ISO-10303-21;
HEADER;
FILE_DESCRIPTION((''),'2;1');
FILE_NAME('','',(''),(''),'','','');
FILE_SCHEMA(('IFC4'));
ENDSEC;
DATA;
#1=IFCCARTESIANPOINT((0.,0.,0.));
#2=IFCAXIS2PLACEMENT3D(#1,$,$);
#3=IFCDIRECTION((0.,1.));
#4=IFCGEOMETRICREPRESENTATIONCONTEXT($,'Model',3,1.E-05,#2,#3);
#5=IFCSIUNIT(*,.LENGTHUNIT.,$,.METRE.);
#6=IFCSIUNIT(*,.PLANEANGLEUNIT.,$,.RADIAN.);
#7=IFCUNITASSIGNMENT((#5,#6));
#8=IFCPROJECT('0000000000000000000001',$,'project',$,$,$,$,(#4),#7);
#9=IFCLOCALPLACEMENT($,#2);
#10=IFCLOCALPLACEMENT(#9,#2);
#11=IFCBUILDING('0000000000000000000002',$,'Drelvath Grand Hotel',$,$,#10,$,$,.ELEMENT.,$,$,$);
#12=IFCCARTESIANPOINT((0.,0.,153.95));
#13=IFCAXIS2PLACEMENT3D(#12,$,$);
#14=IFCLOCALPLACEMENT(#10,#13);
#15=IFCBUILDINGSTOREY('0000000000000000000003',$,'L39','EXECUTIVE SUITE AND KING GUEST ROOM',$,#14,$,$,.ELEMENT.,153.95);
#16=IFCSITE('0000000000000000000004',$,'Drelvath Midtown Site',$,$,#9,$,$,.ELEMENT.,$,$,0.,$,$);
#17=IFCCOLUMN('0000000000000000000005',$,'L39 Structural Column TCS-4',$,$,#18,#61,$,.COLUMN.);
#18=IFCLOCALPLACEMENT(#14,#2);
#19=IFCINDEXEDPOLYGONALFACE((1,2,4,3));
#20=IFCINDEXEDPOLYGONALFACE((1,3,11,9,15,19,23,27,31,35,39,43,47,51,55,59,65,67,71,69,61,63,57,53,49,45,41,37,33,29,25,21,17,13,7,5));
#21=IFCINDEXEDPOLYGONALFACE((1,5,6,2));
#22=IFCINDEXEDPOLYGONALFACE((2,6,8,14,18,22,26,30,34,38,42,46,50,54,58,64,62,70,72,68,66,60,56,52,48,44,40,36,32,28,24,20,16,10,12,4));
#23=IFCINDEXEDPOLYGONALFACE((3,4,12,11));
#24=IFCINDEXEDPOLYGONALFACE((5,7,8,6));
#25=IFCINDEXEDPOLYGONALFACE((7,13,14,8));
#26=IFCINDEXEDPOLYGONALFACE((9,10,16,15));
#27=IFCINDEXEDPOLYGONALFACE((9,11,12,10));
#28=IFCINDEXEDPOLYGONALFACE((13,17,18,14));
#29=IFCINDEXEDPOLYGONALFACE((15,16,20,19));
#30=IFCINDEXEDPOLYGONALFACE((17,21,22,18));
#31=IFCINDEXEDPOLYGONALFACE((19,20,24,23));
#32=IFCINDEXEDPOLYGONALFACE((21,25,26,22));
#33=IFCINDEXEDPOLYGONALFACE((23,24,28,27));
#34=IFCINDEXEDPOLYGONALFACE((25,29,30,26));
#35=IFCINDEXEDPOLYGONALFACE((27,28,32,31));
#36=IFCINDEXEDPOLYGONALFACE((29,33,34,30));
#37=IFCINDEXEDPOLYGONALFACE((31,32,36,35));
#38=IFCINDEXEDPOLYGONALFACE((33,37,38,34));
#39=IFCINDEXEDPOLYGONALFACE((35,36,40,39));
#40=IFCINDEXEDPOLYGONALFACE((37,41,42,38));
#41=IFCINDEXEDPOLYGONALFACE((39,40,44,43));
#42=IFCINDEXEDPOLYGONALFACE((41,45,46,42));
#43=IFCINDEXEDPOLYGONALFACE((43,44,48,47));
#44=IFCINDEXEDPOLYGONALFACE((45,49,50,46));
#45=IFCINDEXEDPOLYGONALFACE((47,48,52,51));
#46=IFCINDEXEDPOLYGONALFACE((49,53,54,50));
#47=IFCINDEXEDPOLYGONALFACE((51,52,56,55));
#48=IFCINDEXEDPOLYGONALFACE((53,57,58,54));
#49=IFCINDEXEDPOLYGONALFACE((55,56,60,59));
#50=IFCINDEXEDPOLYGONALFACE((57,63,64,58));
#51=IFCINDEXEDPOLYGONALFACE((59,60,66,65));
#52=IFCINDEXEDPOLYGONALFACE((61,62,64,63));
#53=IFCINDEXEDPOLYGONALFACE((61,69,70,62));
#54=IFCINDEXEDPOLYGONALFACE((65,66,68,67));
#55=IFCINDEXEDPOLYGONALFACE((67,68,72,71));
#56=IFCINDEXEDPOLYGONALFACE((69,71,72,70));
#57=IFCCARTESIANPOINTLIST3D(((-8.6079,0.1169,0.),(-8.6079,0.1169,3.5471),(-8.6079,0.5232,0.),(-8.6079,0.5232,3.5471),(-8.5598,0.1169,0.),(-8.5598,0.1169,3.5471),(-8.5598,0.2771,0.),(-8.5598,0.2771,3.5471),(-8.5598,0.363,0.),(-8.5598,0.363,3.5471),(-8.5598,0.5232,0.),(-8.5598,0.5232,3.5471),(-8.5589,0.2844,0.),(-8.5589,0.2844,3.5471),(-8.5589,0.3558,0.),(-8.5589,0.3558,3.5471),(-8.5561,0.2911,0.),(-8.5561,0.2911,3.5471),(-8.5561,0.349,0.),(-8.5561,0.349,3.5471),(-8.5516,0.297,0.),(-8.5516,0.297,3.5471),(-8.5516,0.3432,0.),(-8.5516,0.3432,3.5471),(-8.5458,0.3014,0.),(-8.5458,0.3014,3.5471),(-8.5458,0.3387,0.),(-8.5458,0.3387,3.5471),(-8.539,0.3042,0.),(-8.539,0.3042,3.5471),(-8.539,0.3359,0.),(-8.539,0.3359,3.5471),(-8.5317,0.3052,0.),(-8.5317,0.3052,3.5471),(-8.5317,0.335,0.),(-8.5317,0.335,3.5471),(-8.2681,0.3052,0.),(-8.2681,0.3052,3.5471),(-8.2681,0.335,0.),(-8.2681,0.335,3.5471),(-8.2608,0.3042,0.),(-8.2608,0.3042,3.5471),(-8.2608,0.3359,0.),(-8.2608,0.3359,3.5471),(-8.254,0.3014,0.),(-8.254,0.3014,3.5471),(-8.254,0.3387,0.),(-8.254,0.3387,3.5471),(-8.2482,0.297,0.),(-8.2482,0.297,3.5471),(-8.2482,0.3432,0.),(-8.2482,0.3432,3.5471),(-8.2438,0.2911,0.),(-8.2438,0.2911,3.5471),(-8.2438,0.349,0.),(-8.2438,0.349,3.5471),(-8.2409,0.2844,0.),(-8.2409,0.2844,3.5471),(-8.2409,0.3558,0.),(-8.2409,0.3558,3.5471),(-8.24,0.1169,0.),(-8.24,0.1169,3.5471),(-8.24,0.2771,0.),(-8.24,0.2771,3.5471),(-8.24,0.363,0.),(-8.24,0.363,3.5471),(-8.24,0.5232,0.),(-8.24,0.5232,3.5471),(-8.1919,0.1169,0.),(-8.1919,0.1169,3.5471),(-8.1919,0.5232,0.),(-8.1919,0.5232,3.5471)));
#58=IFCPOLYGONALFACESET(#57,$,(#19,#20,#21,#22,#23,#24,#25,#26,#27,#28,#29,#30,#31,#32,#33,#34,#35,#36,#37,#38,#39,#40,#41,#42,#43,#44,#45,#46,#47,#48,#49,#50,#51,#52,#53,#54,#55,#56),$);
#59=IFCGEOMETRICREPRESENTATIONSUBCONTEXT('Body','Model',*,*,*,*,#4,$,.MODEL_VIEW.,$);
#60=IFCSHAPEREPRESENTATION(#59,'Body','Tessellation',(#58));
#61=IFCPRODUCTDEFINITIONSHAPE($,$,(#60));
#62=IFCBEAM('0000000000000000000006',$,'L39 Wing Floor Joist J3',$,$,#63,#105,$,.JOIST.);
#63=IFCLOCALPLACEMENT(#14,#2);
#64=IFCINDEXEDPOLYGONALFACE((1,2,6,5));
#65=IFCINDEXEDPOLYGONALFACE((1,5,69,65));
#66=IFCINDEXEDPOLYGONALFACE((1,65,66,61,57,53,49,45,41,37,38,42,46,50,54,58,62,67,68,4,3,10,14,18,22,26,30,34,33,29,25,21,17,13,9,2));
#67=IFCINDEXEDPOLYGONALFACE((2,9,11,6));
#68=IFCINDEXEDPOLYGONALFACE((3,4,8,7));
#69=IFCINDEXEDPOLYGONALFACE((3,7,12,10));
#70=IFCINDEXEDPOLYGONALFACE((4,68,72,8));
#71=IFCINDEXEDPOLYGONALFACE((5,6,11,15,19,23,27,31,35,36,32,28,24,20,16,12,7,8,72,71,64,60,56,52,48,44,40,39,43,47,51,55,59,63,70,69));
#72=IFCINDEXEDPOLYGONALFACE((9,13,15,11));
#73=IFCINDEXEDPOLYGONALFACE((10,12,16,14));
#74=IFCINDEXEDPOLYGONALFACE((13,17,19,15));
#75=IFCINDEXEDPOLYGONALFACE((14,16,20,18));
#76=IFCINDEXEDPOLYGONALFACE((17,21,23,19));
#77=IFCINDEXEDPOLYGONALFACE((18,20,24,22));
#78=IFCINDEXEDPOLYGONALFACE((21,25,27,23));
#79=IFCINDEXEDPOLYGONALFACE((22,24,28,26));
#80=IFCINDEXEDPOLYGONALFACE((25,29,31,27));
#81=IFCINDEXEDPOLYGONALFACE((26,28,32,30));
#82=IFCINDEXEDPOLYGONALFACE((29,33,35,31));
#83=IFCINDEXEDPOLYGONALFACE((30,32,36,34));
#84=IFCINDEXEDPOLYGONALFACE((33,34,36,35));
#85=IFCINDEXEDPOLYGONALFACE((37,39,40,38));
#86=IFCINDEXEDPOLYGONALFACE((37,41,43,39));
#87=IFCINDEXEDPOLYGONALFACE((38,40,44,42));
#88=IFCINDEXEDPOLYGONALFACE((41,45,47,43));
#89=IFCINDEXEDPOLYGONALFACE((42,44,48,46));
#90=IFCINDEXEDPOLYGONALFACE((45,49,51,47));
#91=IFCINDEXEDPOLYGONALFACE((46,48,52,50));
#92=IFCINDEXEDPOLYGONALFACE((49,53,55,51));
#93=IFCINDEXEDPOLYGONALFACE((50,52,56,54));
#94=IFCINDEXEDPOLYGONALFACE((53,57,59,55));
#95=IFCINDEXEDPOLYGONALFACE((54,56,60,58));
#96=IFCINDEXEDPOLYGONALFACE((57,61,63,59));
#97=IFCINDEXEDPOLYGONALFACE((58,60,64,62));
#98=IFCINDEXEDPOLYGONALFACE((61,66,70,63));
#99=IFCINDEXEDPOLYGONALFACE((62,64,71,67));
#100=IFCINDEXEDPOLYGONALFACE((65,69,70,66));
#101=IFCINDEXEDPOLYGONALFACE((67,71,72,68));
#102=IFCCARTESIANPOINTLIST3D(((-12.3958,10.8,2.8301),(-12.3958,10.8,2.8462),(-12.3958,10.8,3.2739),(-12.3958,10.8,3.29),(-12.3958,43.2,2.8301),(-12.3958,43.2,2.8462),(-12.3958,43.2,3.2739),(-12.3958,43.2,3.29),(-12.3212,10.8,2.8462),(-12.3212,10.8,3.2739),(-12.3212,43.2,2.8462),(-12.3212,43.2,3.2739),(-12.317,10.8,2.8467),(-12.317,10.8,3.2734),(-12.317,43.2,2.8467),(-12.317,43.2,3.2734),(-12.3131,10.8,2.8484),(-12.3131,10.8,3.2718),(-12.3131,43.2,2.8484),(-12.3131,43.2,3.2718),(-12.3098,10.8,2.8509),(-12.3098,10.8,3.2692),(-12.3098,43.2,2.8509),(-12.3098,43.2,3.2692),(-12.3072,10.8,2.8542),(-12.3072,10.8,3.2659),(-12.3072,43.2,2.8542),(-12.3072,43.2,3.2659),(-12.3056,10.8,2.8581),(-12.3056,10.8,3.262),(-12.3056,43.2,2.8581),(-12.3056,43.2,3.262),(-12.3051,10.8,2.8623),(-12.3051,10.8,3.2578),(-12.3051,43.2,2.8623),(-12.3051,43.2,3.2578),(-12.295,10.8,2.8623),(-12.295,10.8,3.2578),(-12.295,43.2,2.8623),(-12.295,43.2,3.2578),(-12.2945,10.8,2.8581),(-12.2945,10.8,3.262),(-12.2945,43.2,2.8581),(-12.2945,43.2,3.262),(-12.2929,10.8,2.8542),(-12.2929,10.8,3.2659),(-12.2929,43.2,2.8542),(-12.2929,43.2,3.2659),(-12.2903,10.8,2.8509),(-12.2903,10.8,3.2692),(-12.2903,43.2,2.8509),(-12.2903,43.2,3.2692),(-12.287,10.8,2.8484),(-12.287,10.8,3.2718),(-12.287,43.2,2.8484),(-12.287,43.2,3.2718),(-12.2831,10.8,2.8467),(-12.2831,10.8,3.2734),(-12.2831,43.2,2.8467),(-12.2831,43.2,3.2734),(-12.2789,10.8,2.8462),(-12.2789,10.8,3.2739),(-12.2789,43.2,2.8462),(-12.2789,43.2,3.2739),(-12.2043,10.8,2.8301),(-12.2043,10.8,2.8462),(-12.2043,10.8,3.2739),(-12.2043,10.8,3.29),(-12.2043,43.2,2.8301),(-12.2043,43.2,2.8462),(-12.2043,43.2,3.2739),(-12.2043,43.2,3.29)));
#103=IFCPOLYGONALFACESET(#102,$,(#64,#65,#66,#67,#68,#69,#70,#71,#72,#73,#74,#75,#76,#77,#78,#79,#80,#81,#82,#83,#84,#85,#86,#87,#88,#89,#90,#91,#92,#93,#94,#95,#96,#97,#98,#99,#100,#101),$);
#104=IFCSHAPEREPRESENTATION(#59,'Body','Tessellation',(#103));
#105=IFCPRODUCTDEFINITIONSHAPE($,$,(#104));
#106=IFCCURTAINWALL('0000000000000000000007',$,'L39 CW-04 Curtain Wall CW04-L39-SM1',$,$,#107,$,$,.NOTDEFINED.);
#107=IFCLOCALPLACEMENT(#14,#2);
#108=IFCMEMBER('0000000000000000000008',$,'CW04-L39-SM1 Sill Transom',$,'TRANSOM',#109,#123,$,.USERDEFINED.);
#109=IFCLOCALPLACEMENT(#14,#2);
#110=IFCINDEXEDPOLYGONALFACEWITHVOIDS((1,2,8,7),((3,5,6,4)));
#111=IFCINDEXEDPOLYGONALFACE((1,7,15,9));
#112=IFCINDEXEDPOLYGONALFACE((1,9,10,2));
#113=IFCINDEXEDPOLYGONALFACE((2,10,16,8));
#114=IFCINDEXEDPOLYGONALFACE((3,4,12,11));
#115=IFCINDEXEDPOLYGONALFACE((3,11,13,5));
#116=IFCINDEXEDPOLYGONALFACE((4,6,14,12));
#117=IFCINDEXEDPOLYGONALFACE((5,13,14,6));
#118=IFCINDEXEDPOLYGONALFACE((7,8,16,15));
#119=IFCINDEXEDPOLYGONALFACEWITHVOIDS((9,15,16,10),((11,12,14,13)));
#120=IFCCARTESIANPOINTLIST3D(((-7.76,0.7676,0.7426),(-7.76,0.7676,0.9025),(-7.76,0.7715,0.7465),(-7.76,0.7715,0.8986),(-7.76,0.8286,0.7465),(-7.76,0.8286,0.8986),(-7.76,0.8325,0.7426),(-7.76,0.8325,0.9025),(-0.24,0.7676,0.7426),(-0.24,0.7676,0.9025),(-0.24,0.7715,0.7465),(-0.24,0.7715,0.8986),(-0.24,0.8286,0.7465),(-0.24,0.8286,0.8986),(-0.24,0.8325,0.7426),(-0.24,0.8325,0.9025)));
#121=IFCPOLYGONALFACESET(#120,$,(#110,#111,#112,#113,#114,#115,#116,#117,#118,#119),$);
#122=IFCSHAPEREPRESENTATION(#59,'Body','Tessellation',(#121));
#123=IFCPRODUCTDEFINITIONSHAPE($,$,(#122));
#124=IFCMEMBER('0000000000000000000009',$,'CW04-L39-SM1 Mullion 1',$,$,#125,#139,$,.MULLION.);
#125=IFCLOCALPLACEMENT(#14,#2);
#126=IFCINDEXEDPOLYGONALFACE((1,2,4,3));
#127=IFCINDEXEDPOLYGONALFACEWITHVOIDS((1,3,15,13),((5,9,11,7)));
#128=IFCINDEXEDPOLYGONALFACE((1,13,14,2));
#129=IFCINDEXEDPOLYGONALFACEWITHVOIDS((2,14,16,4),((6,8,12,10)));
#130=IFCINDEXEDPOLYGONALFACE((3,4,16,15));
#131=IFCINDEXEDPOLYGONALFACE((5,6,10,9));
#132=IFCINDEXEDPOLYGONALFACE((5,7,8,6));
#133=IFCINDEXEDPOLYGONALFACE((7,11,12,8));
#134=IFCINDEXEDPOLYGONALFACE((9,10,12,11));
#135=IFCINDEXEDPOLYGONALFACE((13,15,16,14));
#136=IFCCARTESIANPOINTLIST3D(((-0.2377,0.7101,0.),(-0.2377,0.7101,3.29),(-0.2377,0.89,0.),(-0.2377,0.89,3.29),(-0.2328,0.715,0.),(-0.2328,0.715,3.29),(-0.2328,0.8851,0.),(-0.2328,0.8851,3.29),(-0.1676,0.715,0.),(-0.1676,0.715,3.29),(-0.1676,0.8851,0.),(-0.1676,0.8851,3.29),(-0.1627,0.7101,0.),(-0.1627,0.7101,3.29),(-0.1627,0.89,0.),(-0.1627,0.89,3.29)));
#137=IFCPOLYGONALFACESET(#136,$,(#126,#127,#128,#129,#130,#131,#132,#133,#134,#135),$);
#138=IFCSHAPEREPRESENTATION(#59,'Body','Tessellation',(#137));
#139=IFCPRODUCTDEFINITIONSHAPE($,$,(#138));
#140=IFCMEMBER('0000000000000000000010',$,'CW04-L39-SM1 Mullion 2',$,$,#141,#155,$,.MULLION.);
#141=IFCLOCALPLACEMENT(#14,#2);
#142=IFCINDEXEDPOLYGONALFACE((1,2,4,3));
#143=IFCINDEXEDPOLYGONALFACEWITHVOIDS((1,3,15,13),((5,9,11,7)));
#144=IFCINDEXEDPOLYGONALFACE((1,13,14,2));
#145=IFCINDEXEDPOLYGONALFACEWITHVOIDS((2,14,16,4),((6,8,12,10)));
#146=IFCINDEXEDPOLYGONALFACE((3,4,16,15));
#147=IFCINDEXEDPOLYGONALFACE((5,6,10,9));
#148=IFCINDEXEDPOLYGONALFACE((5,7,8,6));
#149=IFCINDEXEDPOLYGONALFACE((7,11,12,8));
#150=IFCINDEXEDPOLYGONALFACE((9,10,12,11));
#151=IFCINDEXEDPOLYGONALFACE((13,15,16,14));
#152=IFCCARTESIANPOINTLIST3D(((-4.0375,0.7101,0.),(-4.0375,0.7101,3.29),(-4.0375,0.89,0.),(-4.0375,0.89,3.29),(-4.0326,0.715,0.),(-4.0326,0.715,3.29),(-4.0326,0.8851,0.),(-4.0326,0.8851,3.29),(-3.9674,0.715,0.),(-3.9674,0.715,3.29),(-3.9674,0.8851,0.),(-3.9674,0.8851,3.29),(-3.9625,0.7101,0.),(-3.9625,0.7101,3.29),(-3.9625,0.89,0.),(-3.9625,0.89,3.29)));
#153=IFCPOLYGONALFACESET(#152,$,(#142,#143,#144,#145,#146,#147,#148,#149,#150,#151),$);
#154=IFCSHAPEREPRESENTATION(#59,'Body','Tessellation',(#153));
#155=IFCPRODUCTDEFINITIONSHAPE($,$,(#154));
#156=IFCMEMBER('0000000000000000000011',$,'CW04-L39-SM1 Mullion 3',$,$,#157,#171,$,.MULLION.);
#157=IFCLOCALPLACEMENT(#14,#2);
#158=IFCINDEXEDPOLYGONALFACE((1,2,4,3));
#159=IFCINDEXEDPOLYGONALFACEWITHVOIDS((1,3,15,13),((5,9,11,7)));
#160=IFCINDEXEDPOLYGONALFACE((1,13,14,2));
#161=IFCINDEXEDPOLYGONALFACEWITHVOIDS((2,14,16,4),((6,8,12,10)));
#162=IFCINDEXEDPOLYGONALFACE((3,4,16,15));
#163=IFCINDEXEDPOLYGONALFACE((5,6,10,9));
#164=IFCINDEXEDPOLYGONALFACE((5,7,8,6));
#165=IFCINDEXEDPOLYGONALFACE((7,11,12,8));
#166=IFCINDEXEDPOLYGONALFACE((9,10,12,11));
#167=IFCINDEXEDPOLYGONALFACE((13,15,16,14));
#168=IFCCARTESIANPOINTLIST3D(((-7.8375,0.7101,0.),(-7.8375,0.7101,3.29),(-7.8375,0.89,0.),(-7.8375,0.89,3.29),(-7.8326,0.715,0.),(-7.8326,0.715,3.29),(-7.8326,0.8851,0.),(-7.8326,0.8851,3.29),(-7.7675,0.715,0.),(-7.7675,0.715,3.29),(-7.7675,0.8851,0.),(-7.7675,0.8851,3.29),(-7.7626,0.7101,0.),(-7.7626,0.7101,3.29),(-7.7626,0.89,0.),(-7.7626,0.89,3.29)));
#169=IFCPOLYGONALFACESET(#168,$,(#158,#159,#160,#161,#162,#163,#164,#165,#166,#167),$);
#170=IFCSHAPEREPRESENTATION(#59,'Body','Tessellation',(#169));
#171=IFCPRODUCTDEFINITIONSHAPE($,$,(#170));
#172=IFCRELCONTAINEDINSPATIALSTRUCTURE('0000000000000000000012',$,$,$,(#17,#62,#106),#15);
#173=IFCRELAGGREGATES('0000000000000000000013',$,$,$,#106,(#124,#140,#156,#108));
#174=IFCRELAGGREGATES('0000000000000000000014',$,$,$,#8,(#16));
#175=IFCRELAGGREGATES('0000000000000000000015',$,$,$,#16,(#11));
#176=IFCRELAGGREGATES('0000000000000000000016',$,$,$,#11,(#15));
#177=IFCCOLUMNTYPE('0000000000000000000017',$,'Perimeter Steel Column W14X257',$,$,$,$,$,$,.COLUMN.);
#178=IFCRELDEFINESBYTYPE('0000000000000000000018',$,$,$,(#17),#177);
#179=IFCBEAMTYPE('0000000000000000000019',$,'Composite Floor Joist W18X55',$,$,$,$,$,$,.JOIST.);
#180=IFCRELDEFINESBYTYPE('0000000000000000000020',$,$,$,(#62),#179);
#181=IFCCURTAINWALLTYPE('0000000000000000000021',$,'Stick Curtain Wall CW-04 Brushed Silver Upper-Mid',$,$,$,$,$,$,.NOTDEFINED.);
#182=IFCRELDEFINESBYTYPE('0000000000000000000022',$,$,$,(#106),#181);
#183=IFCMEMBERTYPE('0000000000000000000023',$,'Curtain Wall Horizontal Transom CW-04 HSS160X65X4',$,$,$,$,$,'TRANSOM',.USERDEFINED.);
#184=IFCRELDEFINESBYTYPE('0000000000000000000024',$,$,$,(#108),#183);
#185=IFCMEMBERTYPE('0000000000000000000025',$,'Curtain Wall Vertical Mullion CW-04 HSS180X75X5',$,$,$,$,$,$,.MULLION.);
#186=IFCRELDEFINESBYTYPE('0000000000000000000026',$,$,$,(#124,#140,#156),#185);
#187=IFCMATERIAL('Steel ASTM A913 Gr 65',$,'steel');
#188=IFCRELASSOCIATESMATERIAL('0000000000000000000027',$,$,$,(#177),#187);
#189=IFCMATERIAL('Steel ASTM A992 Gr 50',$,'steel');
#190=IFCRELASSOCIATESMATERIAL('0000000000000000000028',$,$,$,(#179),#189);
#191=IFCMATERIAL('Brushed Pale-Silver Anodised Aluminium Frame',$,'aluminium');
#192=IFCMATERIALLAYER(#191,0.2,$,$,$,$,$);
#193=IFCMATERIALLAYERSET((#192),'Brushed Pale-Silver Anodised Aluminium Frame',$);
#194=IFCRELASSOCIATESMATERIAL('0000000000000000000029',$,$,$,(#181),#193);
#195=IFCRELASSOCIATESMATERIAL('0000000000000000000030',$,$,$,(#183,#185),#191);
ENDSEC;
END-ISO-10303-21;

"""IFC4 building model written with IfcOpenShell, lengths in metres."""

from ifc_helpers import new_model, si_unit, direction, frame, origin, origin_2d, place, context, subcontext, project, spatial, hollow_rectangle, i_section, extrude, material, layer, layer_set, material_profile, profile_set, type_object, element, aggregate, save


model = new_model("IFC4")

# Units and contexts
model_context = context("Model", 3, precision=1e-05, world=origin(), true_north=direction((0.0, 1.0)))
body_context = subcontext(model_context, "Body", "Model", "MODEL_VIEW")
ifc_project = project(units=[si_unit("LENGTHUNIT", "METRE"), si_unit("PLANEANGLEUNIT", "RADIAN")], contexts=[model_context])

# Site, building, storey
site_placement = place(None, origin())
site = spatial("IfcSite", under=ifc_project, at=site_placement, Name="Drelvath Midtown Site", CompositionType="ELEMENT", RefElevation=0.0)
building_placement = place(site_placement, origin())
building = spatial("IfcBuilding", under=site, at=building_placement, Name="Drelvath Grand Hotel", CompositionType="ELEMENT")
storey_placement = place(building_placement, frame((0.0, 0.0, 153.95)))
storey = spatial("IfcBuildingStorey", under=building, at=storey_placement, Name="L39", Description="EXECUTIVE SUITE AND KING GUEST ROOM", CompositionType="ELEMENT", Elevation=153.95)

# Column
ifc_material_1 = material(Name="Steel ASTM A913 Gr 65", Category="steel")
ifc_material_profile_1 = material_profile(ifc_material_1, i_section(OverallWidth=0.4062, OverallDepth=0.416, WebThickness=0.0298, FlangeThickness=0.0481, FilletRadius=0.0281, at=origin_2d()), Name="W14X257")
ifc_profile_set_1 = profile_set([ifc_material_profile_1], Name="Steel ASTM A913 Gr 65")
column_type = type_object("IfcColumnType", Name="Perimeter Steel Column W14X257", PredefinedType="COLUMN", material=ifc_profile_set_1)
column_placement = place(storey_placement, frame((-8.3999, 0.3201, 0.0), z_axis=(0.0, 0.0, 1.0), x_axis=(0.0, 1.0, 0.0)))
element("IfcColumn", 1, at=column_placement, inside=storey, type_object=column_type, Name="L39 Structural Column TCS-4", PredefinedType="COLUMN", context=body_context, shape_type="SweptSolid", body=[
    extrude(i_section(OverallWidth=0.4062, OverallDepth=0.416, WebThickness=0.0298, FlangeThickness=0.0481, FilletRadius=0.0281, at=origin_2d()), origin(), (0.0, 0.0, 1.0), 3.5471),
])

# Beam
ifc_material_2 = material(Name="Steel ASTM A992 Gr 50", Category="steel")
ifc_material_profile_2 = material_profile(ifc_material_2, i_section(OverallWidth=0.1914, OverallDepth=0.46, WebThickness=0.01, FlangeThickness=0.0161, FilletRadius=0.0161, at=origin_2d()), Name="W18X55")
ifc_profile_set_2 = profile_set([ifc_material_profile_2], Name="Steel ASTM A992 Gr 50")
beam_type_1 = type_object("IfcBeamType", Name="Composite Floor Joist W18X55", PredefinedType="JOIST", material=ifc_profile_set_2)
beam_1_placement = place(storey_placement, frame((-12.3, 10.8, 3.0601), z_axis=(0.0, 1.0, 0.0), x_axis=(-1.0, 0.0, 0.0)))
element("IfcBeam", 2, at=beam_1_placement, inside=storey, type_object=beam_type_1, Name="L39 Wing Floor Joist J3", PredefinedType="JOIST", context=body_context, shape_type="SweptSolid", body=[
    extrude(i_section(OverallWidth=0.1914, OverallDepth=0.46, WebThickness=0.01, FlangeThickness=0.0161, FilletRadius=0.0161, at=origin_2d()), origin(), (0.0, 0.0, 1.0), 32.3999),
])

# Curtain wall, members
ifc_material_3 = material(Name="Brushed Pale-Silver Anodised Aluminium Frame", Category="aluminium")
ifc_layer_1 = layer(ifc_material_3, 0.2)
ifc_layer_set_1 = layer_set([ifc_layer_1], Name="Brushed Pale-Silver Anodised Aluminium Frame")
curtain_wall_type = type_object("IfcCurtainWallType", Name="Stick Curtain Wall CW-04 Brushed Silver Upper-Mid", PredefinedType="NOTDEFINED", material=ifc_layer_set_1)
curtain_wall_placement = place(storey_placement, origin())
curtain_wall = element("IfcCurtainWall", 3, at=curtain_wall_placement, inside=storey, type_object=curtain_wall_type, Name="L39 CW-04 Curtain Wall CW04-L39-SM1", PredefinedType="NOTDEFINED")
ifc_material_profile_3 = material_profile(ifc_material_3, hollow_rectangle(XDim=0.0649, YDim=0.1599, WallThickness=0.0039, at=origin_2d()), Name="HSS160X65X4")
ifc_profile_set_3 = profile_set([ifc_material_profile_3], Name="Brushed Pale-Silver Anodised Aluminium Frame")
member_type_1 = type_object("IfcMemberType", Name="Curtain Wall Horizontal Transom CW-04 HSS160X65X4", ElementType="TRANSOM", PredefinedType="USERDEFINED", material=ifc_profile_set_3)
member_1_placement = place(storey_placement, frame((-0.24, 0.8, 0.8225), z_axis=(-1.0, 0.0, 0.0), x_axis=(0.0, -1.0, 0.0)))
member_1 = element("IfcMember", 4, at=member_1_placement, type_object=member_type_1, Name="CW04-L39-SM1 Sill Transom", ObjectType="TRANSOM", PredefinedType="USERDEFINED", context=body_context, shape_type="SweptSolid", body=[
    extrude(hollow_rectangle(XDim=0.0649, YDim=0.1599, WallThickness=0.0039, at=origin_2d()), origin(), (0.0, 0.0, 1.0), 7.52),
])
ifc_material_profile_4 = material_profile(ifc_material_3, hollow_rectangle(XDim=0.075, YDim=0.1799, WallThickness=0.0049, at=origin_2d()), Name="HSS180X75X5")
ifc_profile_set_4 = profile_set([ifc_material_profile_4], Name="Brushed Pale-Silver Anodised Aluminium Frame")
member_type_2 = type_object("IfcMemberType", Name="Curtain Wall Vertical Mullion CW-04 HSS180X75X5", PredefinedType="MULLION", material=ifc_profile_set_4)
member_2_placement = place(storey_placement, frame((-0.2002, 0.8, 0.0), z_axis=(0.0, 0.0, 1.0), x_axis=(1.0, 0.0, 0.0)))
member_2 = element("IfcMember", 5, at=member_2_placement, type_object=member_type_2, Name="CW04-L39-SM1 Mullion 1", PredefinedType="MULLION", context=body_context, shape_type="SweptSolid", body=[
    extrude(hollow_rectangle(XDim=0.075, YDim=0.1799, WallThickness=0.0049, at=origin_2d()), origin(), (0.0, 0.0, 1.0), 3.29),
])
member_3_placement = place(storey_placement, frame((-4.0, 0.8, 0.0), z_axis=(0.0, 0.0, 1.0), x_axis=(1.0, 0.0, 0.0)))
member_3 = element("IfcMember", 6, at=member_3_placement, type_object=member_type_2, Name="CW04-L39-SM1 Mullion 2", PredefinedType="MULLION", context=body_context, shape_type="SweptSolid", body=[
    extrude(hollow_rectangle(XDim=0.075, YDim=0.1799, WallThickness=0.0049, at=origin_2d()), origin(), (0.0, 0.0, 1.0), 3.29),
])
member_4_placement = place(storey_placement, frame((-7.8, 0.8, 0.0), z_axis=(0.0, 0.0, 1.0), x_axis=(1.0, 0.0, 0.0)))
member_4 = element("IfcMember", 7, at=member_4_placement, type_object=member_type_2, Name="CW04-L39-SM1 Mullion 3", PredefinedType="MULLION", context=body_context, shape_type="SweptSolid", body=[
    extrude(hollow_rectangle(XDim=0.075, YDim=0.1799, WallThickness=0.0049, at=origin_2d()), origin(), (0.0, 0.0, 1.0), 3.29),
])

aggregate(curtain_wall, [member_2, member_3, member_4, member_1])

save(model, "model.ifc")
